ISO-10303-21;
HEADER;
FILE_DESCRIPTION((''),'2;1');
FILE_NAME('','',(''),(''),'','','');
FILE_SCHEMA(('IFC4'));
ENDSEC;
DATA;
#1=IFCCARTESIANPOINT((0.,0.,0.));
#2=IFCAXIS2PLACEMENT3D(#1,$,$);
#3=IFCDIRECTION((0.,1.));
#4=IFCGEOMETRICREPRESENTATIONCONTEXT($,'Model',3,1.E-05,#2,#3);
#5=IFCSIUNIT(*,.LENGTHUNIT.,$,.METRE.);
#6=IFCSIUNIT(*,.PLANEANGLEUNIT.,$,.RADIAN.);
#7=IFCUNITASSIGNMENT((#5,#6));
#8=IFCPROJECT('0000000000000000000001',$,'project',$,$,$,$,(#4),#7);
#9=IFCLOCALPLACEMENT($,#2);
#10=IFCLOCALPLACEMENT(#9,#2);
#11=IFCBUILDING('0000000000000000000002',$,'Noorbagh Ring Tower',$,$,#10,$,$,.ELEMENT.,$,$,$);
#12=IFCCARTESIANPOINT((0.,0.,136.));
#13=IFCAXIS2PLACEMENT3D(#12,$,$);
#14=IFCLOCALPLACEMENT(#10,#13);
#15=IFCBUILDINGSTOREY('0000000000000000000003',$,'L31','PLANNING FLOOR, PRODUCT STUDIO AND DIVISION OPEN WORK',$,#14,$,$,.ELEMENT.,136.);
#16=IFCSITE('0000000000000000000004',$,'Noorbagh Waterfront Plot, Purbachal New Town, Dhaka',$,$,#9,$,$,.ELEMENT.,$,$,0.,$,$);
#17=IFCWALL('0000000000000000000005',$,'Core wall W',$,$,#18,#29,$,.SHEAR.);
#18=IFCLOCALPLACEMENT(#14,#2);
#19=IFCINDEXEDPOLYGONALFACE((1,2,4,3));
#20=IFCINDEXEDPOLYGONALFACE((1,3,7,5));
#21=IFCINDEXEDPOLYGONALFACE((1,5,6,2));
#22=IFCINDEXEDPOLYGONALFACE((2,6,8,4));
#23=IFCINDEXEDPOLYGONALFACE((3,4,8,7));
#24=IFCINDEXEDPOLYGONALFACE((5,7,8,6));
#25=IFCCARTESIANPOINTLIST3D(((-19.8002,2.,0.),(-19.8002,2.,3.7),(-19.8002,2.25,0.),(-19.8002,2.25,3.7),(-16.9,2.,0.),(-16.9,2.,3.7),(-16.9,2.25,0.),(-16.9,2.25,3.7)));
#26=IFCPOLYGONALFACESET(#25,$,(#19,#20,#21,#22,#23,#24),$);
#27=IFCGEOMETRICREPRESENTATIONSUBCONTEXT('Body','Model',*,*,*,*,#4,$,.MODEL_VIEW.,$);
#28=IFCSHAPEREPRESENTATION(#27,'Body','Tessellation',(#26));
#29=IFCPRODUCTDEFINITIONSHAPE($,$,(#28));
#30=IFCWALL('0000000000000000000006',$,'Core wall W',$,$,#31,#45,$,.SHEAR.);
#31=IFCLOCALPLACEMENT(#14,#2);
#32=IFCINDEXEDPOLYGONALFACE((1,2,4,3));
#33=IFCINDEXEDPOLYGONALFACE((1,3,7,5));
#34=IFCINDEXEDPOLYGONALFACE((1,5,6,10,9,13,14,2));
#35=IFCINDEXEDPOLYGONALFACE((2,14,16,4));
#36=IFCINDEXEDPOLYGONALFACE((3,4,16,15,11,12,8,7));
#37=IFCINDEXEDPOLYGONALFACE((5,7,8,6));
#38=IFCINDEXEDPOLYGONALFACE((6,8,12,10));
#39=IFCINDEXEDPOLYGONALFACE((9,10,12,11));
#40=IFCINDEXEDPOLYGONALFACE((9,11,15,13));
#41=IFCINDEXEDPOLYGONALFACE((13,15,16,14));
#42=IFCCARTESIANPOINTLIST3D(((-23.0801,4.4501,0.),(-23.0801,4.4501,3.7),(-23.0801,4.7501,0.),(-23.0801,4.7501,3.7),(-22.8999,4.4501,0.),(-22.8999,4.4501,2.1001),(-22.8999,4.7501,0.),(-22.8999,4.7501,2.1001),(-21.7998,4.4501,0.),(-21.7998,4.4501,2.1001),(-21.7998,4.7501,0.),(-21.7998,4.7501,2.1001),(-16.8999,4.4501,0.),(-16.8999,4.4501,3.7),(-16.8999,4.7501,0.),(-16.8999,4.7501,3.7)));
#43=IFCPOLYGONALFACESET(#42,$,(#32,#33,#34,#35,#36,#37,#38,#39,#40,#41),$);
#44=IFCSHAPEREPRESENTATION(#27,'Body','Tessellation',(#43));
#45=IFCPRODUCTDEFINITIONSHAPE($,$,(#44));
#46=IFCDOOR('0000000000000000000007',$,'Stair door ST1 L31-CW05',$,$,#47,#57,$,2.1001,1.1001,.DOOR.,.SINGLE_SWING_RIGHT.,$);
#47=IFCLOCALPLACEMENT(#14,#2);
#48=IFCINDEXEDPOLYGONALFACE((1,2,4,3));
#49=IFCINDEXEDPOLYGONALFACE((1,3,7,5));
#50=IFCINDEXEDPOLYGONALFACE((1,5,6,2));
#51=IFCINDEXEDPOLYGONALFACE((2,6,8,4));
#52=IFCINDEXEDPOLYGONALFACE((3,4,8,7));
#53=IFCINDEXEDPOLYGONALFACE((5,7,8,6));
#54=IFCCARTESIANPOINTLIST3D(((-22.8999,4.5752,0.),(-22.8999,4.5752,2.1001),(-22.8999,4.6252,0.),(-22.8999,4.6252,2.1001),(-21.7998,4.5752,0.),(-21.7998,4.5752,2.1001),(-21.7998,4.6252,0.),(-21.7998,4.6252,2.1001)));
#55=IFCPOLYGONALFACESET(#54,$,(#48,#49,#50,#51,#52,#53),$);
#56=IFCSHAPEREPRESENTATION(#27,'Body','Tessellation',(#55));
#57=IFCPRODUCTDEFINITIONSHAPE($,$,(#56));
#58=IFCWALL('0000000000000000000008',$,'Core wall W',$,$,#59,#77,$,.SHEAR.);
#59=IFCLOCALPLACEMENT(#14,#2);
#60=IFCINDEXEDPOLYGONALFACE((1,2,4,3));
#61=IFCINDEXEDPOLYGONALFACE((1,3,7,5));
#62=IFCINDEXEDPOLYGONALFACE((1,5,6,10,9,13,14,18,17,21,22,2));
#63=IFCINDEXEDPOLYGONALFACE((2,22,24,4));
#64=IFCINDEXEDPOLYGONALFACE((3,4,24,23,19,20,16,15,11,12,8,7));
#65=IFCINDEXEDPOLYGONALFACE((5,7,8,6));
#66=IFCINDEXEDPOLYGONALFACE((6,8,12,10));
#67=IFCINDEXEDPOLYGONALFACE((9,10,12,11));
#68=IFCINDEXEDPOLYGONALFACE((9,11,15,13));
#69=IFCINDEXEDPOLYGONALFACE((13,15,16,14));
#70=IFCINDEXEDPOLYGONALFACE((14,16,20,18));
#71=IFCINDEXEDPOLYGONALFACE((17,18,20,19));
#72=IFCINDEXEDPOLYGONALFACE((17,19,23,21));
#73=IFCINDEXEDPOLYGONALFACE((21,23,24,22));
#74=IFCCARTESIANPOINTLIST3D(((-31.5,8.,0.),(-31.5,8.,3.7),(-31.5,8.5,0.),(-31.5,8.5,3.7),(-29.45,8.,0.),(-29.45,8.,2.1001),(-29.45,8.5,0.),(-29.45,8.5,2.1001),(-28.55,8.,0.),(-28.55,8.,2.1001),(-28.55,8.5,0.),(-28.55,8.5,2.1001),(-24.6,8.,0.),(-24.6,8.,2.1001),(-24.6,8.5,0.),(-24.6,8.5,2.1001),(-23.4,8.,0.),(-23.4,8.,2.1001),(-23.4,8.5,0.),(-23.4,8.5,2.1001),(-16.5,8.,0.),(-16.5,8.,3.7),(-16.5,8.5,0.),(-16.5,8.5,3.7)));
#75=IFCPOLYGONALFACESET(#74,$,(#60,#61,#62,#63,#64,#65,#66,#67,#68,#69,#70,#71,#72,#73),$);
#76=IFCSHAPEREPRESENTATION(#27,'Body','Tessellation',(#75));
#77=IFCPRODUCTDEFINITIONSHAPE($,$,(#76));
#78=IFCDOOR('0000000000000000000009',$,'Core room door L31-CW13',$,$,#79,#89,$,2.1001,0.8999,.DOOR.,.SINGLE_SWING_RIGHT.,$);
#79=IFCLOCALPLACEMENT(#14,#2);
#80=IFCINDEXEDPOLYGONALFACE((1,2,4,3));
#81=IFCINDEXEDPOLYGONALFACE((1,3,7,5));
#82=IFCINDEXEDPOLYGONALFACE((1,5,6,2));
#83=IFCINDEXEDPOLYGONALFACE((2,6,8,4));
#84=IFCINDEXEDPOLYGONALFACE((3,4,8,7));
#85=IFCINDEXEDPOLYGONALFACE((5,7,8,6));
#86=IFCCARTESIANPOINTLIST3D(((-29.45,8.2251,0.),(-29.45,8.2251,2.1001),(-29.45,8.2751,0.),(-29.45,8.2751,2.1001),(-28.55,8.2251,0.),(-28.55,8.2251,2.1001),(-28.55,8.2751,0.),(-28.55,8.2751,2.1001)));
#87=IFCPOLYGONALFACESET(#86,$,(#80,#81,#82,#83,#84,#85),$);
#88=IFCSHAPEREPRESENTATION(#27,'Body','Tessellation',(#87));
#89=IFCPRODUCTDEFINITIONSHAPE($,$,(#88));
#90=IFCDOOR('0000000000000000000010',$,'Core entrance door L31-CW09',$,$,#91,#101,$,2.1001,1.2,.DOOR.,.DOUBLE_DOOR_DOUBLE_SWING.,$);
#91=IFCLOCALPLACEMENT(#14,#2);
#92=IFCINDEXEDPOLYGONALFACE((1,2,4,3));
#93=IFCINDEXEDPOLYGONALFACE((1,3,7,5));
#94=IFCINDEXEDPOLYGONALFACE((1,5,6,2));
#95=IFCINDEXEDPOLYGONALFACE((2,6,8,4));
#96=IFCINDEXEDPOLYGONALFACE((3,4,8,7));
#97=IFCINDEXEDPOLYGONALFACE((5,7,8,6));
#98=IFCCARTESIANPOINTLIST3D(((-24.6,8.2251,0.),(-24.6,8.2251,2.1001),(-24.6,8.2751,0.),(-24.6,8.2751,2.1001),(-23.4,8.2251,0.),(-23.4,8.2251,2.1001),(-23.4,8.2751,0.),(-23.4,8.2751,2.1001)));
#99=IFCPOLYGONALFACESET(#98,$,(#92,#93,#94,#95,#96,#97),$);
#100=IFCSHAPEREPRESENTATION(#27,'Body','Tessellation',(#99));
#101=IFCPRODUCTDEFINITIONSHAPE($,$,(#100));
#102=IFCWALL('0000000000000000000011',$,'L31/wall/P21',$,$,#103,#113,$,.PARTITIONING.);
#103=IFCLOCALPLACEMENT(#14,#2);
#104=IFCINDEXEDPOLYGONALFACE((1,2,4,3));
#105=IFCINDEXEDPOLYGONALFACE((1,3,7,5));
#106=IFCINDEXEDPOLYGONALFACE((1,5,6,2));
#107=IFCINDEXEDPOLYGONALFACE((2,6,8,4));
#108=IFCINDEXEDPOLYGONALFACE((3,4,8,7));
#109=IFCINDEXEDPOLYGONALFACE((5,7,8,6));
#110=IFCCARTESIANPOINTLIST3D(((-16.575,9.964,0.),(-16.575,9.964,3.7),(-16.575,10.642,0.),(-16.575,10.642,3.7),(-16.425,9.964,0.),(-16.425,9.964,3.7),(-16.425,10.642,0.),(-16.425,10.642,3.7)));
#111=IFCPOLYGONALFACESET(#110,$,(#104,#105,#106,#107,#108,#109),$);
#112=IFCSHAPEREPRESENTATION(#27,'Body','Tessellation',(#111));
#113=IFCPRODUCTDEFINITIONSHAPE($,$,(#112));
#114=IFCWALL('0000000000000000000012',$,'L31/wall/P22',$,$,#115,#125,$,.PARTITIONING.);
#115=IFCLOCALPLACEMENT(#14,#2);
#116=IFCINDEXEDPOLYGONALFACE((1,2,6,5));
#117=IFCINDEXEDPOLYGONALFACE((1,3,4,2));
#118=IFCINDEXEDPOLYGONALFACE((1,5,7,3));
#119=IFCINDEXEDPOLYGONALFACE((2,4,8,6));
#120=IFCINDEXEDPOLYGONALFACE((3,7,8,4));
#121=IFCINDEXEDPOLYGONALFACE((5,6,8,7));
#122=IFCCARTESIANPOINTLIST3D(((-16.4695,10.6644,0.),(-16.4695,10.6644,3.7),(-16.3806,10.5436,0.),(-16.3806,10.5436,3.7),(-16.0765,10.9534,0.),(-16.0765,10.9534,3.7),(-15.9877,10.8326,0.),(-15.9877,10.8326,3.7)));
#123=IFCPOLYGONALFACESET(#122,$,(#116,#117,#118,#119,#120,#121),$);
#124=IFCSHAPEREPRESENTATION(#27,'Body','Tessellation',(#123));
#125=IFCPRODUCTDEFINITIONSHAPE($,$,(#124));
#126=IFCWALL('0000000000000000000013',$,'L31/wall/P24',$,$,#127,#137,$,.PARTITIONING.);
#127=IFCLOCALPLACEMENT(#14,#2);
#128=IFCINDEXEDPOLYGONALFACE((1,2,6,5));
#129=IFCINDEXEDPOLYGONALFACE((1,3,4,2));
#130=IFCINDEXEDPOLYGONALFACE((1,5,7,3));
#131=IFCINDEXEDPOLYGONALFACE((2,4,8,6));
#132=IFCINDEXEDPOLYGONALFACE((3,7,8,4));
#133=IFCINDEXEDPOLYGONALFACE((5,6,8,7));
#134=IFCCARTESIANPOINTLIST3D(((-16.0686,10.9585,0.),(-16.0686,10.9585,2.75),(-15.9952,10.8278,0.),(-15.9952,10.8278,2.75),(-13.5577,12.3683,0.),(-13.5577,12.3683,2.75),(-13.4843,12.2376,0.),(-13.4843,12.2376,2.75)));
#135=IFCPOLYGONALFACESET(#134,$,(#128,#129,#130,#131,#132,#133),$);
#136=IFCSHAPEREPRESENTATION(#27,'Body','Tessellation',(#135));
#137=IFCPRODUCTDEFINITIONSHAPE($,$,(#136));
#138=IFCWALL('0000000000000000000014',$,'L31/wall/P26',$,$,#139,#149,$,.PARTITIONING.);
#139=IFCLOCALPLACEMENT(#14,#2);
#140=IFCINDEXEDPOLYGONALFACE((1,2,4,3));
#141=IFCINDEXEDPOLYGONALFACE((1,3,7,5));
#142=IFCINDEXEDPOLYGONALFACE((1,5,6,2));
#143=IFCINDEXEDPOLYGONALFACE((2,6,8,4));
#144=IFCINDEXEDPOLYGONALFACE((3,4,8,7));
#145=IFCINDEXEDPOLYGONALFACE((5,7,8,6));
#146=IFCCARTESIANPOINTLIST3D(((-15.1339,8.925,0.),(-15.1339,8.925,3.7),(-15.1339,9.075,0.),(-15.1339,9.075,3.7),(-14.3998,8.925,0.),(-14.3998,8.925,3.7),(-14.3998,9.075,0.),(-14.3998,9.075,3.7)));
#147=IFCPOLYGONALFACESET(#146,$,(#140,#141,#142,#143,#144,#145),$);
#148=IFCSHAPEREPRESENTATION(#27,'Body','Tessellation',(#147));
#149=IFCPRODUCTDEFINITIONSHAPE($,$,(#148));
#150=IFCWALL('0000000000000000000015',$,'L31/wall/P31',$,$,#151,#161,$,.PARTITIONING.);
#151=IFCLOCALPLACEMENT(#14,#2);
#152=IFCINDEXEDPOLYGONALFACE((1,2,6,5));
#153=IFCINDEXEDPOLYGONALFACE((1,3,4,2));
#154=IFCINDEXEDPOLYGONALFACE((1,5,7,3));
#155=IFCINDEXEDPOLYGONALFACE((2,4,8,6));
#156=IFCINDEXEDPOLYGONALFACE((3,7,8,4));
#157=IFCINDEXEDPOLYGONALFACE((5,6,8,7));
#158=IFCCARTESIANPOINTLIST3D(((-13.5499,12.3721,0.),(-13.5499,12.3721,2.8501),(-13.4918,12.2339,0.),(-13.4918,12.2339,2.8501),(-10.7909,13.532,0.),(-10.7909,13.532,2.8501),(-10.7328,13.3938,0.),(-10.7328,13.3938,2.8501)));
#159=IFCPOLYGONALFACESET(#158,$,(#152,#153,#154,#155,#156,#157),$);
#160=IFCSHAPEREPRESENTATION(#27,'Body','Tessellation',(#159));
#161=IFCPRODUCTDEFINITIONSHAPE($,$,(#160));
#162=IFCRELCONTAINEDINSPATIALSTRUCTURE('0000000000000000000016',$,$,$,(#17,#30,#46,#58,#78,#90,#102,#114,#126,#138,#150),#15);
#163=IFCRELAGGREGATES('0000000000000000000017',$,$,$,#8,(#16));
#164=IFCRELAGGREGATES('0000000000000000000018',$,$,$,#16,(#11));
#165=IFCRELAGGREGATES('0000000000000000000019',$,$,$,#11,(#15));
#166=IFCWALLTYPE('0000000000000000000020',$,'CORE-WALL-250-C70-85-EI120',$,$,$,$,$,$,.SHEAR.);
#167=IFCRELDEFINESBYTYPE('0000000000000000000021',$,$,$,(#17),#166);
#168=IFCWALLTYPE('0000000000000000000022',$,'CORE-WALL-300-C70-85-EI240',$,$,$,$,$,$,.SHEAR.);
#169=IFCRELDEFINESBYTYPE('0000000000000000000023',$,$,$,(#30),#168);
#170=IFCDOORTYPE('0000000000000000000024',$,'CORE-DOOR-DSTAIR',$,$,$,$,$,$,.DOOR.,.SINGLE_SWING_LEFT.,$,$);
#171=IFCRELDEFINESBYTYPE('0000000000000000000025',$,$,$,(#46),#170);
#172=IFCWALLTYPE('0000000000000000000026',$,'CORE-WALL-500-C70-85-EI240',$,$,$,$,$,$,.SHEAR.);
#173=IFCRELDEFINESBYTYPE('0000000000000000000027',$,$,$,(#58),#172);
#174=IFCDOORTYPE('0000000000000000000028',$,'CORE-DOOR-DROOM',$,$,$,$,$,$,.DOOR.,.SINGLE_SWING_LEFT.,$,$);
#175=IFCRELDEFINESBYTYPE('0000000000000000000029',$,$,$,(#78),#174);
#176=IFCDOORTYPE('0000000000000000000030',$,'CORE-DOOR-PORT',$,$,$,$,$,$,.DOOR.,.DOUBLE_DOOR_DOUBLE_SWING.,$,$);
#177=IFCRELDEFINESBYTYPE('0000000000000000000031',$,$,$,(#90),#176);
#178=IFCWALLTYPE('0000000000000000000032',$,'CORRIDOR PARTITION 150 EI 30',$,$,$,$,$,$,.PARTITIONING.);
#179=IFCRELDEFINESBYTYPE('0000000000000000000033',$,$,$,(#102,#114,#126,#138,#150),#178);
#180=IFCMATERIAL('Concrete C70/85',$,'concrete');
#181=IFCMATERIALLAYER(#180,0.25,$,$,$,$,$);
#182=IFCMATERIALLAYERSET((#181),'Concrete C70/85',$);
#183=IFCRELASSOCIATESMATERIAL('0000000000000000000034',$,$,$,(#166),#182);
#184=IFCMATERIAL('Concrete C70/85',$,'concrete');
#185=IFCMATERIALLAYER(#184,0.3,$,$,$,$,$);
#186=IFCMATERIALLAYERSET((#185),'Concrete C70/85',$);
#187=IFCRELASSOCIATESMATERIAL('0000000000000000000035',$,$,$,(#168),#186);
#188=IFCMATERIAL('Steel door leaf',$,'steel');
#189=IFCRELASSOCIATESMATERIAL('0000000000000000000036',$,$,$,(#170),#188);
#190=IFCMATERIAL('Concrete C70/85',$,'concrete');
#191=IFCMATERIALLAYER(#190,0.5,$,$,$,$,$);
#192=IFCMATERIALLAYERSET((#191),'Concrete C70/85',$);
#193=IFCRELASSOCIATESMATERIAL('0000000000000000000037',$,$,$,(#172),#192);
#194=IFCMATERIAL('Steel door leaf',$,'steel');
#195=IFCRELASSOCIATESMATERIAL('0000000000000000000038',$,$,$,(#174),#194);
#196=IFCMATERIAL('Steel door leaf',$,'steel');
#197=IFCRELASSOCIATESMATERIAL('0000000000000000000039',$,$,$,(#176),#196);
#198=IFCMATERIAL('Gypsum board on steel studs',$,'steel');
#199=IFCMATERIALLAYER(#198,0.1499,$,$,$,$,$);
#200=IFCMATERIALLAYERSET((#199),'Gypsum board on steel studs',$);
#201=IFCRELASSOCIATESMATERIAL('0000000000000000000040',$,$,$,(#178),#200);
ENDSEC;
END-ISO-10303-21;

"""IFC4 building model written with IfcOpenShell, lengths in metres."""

from ifc_helpers import new_model, si_unit, direction, frame, frame_2d, origin, place, context, subcontext, project, spatial, rectangle, extrude, material, layer, layer_set, type_object, element, fill, save


model = new_model("IFC4")

# Units and contexts
model_context = context("Model", 3, precision=1e-05, world=origin(), true_north=direction((0.0, 1.0)))
body_context = subcontext(model_context, "Body", "Model", "MODEL_VIEW")
ifc_project = project(units=[si_unit("LENGTHUNIT", "METRE"), si_unit("PLANEANGLEUNIT", "RADIAN")], contexts=[model_context])

# Site, building, storey
site_placement = place(None, origin())
site = spatial("IfcSite", under=ifc_project, at=site_placement, Name="Noorbagh Waterfront Plot, Purbachal New Town, Dhaka", CompositionType="ELEMENT", RefElevation=0.0)
building_placement = place(site_placement, origin())
building = spatial("IfcBuilding", under=site, at=building_placement, Name="Noorbagh Ring Tower", CompositionType="ELEMENT")
storey_placement = place(building_placement, frame((0.0, 0.0, 136.0)))
storey = spatial("IfcBuildingStorey", under=building, at=storey_placement, Name="L31", Description="PLANNING FLOOR, PRODUCT STUDIO AND DIVISION OPEN WORK", CompositionType="ELEMENT", Elevation=136.0)

# Wall
ifc_material_1 = material(Name="Concrete C70/85", Category="concrete")
ifc_layer_1 = layer(ifc_material_1, 0.25)
ifc_layer_set_1 = layer_set([ifc_layer_1], Name="Concrete C70/85")
wall_type_1 = type_object("IfcWallType", Name="CORE-WALL-250-C70-85-EI120", PredefinedType="SHEAR", material=ifc_layer_set_1)
wall_1_placement = place(storey_placement, frame((-16.8999, 2.125, 0.0), z_axis=(0.0, 0.0, 1.0), x_axis=(-1.0, 0.0, 0.0)))
element("IfcWall", 1, at=wall_1_placement, inside=storey, type_object=wall_type_1, Name="Core wall W", PredefinedType="SHEAR", context=body_context, shape_type="SweptSolid", body=[
    extrude(rectangle(XDim=2.9001, YDim=0.25, at=frame_2d((1.4502, 0.0))), origin(), (0.0, 0.0, 1.0), 3.7),
])

# Wall, opening, door
ifc_material_2 = material(Name="Concrete C70/85", Category="concrete")
ifc_layer_2 = layer(ifc_material_2, 0.3)
ifc_layer_set_2 = layer_set([ifc_layer_2], Name="Concrete C70/85")
wall_type_2 = type_object("IfcWallType", Name="CORE-WALL-300-C70-85-EI240", PredefinedType="SHEAR", material=ifc_layer_set_2)
wall_2_placement = place(storey_placement, frame((-16.8999, 4.6001, 0.0), z_axis=(0.0, 0.0, 1.0), x_axis=(-1.0, 0.0, 0.0)))
wall_2 = element("IfcWall", 2, at=wall_2_placement, inside=storey, type_object=wall_type_2, Name="Core wall W", PredefinedType="SHEAR", context=body_context, shape_type="SweptSolid", body=[
    extrude(rectangle(XDim=6.1802, YDim=0.3, at=frame_2d((3.0901, 0.0))), origin(), (0.0, 0.0, 1.0), 3.7),
])
opening_1_placement = place(wall_2_placement, frame((4.8999, 0.0, 0.0)))
opening_1 = element("IfcOpeningElement", 3, at=opening_1_placement, cuts=wall_2, PredefinedType="OPENING", context=body_context, shape_type="SweptSolid", body=[
    extrude(rectangle(XDim=1.1001, YDim=2.1001, at=frame_2d((0.55, 1.05))), frame((0.0, 0.1602, 0.0), z_axis=(0.0, -1.0, 0.0), x_axis=(1.0, 0.0, 0.0)), (0.0, 0.0, 1.0), 0.3201),
])
ifc_material_3 = material(Name="Steel door leaf", Category="steel")
door_type_1 = type_object("IfcDoorType", Name="CORE-DOOR-DSTAIR", OperationType="SINGLE_SWING_LEFT", PredefinedType="DOOR", material=ifc_material_3)
door_1_placement = place(opening_1_placement, origin())
door_1 = element("IfcDoor", 4, at=door_1_placement, inside=storey, type_object=door_type_1, Name="Stair door ST1 L31-CW05", OperationType="SINGLE_SWING_RIGHT", OverallHeight=2.1001, OverallWidth=1.1001, PredefinedType="DOOR", context=body_context, shape_type="SweptSolid", body=[
    extrude(rectangle(XDim=1.1001, YDim=2.1001, at=frame_2d((0.55, 1.05))), frame((0.0, 0.0249, 0.0), z_axis=(0.0, -1.0, 0.0), x_axis=(1.0, 0.0, 0.0)), (0.0, 0.0, 1.0), 0.05),
])
fill(opening_1, door_1)

# Wall, openings, doors
ifc_material_4 = material(Name="Concrete C70/85", Category="concrete")
ifc_layer_3 = layer(ifc_material_4, 0.5)
ifc_layer_set_3 = layer_set([ifc_layer_3], Name="Concrete C70/85")
wall_type_3 = type_object("IfcWallType", Name="CORE-WALL-500-C70-85-EI240", PredefinedType="SHEAR", material=ifc_layer_set_3)
wall_3_placement = place(storey_placement, frame((-16.5, 8.25, 0.0), z_axis=(0.0, 0.0, 1.0), x_axis=(-1.0, 0.0, 0.0)))
wall_3 = element("IfcWall", 5, at=wall_3_placement, inside=storey, type_object=wall_type_3, Name="Core wall W", PredefinedType="SHEAR", context=body_context, shape_type="SweptSolid", body=[
    extrude(rectangle(XDim=15.0, YDim=0.5, at=frame_2d((7.5, 0.0))), origin(), (0.0, 0.0, 1.0), 3.7),
])
opening_2_placement = place(wall_3_placement, frame((6.8999, 0.0, 0.0)))
opening_2 = element("IfcOpeningElement", 6, at=opening_2_placement, cuts=wall_3, PredefinedType="OPENING", context=body_context, shape_type="SweptSolid", body=[
    extrude(rectangle(XDim=1.2, YDim=2.1001, at=frame_2d((0.6001, 1.05))), frame((0.0, 0.26, 0.0), z_axis=(0.0, -1.0, 0.0), x_axis=(1.0, 0.0, 0.0)), (0.0, 0.0, 1.0), 0.52),
])
opening_3_placement = place(wall_3_placement, frame((12.05, 0.0, 0.0)))
opening_3 = element("IfcOpeningElement", 7, at=opening_3_placement, cuts=wall_3, PredefinedType="OPENING", context=body_context, shape_type="SweptSolid", body=[
    extrude(rectangle(XDim=0.8999, YDim=2.1001, at=frame_2d((0.45, 1.05))), frame((0.0, 0.26, 0.0), z_axis=(0.0, -1.0, 0.0), x_axis=(1.0, 0.0, 0.0)), (0.0, 0.0, 1.0), 0.52),
])
ifc_material_5 = material(Name="Steel door leaf", Category="steel")
door_type_2 = type_object("IfcDoorType", Name="CORE-DOOR-DROOM", OperationType="SINGLE_SWING_LEFT", PredefinedType="DOOR", material=ifc_material_5)
door_2_placement = place(opening_3_placement, origin())
door_2 = element("IfcDoor", 8, at=door_2_placement, inside=storey, type_object=door_type_2, Name="Core room door L31-CW13", OperationType="SINGLE_SWING_RIGHT", OverallHeight=2.1001, OverallWidth=0.8999, PredefinedType="DOOR", context=body_context, shape_type="SweptSolid", body=[
    extrude(rectangle(XDim=0.8999, YDim=2.1001, at=frame_2d((0.45, 1.05))), frame((0.0, 0.0249, 0.0), z_axis=(0.0, -1.0, 0.0), x_axis=(1.0, 0.0, 0.0)), (0.0, 0.0, 1.0), 0.05),
])
fill(opening_3, door_2)
ifc_material_6 = material(Name="Steel door leaf", Category="steel")
door_type_3 = type_object("IfcDoorType", Name="CORE-DOOR-PORT", OperationType="DOUBLE_DOOR_DOUBLE_SWING", PredefinedType="DOOR", material=ifc_material_6)
door_3_placement = place(opening_2_placement, origin())
door_3 = element("IfcDoor", 9, at=door_3_placement, inside=storey, type_object=door_type_3, Name="Core entrance door L31-CW09", OperationType="DOUBLE_DOOR_DOUBLE_SWING", OverallHeight=2.1001, OverallWidth=1.2, PredefinedType="DOOR", context=body_context, shape_type="SweptSolid", body=[
    extrude(rectangle(XDim=1.2, YDim=2.1001, at=frame_2d((0.6001, 1.05))), frame((0.0, 0.0249, 0.0), z_axis=(0.0, -1.0, 0.0), x_axis=(1.0, 0.0, 0.0)), (0.0, 0.0, 1.0), 0.05),
])
fill(opening_2, door_3)

# Walls
ifc_material_7 = material(Name="Gypsum board on steel studs", Category="steel")
ifc_layer_4 = layer(ifc_material_7, 0.1499)
ifc_layer_set_4 = layer_set([ifc_layer_4], Name="Gypsum board on steel studs")
wall_type_4 = type_object("IfcWallType", Name="CORRIDOR PARTITION 150 EI 30", PredefinedType="PARTITIONING", material=ifc_layer_set_4)
wall_4_placement = place(storey_placement, frame((-16.5, 9.9641, 0.0), z_axis=(0.0, 0.0, 1.0), x_axis=(0.0, 1.0, 0.0)))
element("IfcWall", 10, at=wall_4_placement, inside=storey, type_object=wall_type_4, Name="L31/wall/P21", PredefinedType="PARTITIONING", context=body_context, shape_type="SweptSolid", body=[
    extrude(rectangle(XDim=0.678, YDim=0.1499, at=frame_2d((0.3389, 0.0))), origin(), (0.0, 0.0, 1.0), 3.7),
])
wall_5_placement = place(storey_placement, frame((-16.425, 10.604, 0.0), z_axis=(0.0, 0.0, 1.0), x_axis=(0.805609, 0.592448, 0.0)))
element("IfcWall", 11, at=wall_5_placement, inside=storey, type_object=wall_type_4, Name="L31/wall/P22", PredefinedType="PARTITIONING", context=body_context, shape_type="SweptSolid", body=[
    extrude(rectangle(XDim=0.4878, YDim=0.1499, at=frame_2d((0.2439, 0.0))), origin(), (0.0, 0.0, 1.0), 3.7),
])
wall_6_placement = place(storey_placement, frame((-16.032, 10.8931, 0.0), z_axis=(0.0, 0.0, 1.0), x_axis=(0.871949, 0.489597, 0.0)))
element("IfcWall", 12, at=wall_6_placement, inside=storey, type_object=wall_type_4, Name="L31/wall/P24", PredefinedType="PARTITIONING", context=body_context, shape_type="SweptSolid", body=[
    extrude(rectangle(XDim=2.8796, YDim=0.1499, at=frame_2d((1.4399, 0.0))), origin(), (0.0, 0.0, 1.0), 2.75),
])
wall_7_placement = place(storey_placement, frame((-15.134, 9.0, 0.0), z_axis=(0.0, 0.0, 1.0), x_axis=(1.0, 0.0, 0.0)))
element("IfcWall", 13, at=wall_7_placement, inside=storey, type_object=wall_type_4, Name="L31/wall/P26", PredefinedType="PARTITIONING", context=body_context, shape_type="SweptSolid", body=[
    extrude(rectangle(XDim=0.7341, YDim=0.1499, at=frame_2d((0.3672, 0.0))), origin(), (0.0, 0.0, 1.0), 3.7),
])
wall_8_placement = place(storey_placement, frame((-13.521, 12.303, 0.0), z_axis=(0.0, 0.0, 1.0), x_axis=(0.921849, 0.38755, 0.0)))
element("IfcWall", 14, at=wall_8_placement, inside=storey, type_object=wall_type_4, Name="L31/wall/P31", PredefinedType="PARTITIONING", context=body_context, shape_type="SweptSolid", body=[
    extrude(rectangle(XDim=2.9929, YDim=0.1499, at=frame_2d((1.4966, 0.0))), origin(), (0.0, 0.0, 1.0), 2.8501),
])

save(model, "model.ifc")
